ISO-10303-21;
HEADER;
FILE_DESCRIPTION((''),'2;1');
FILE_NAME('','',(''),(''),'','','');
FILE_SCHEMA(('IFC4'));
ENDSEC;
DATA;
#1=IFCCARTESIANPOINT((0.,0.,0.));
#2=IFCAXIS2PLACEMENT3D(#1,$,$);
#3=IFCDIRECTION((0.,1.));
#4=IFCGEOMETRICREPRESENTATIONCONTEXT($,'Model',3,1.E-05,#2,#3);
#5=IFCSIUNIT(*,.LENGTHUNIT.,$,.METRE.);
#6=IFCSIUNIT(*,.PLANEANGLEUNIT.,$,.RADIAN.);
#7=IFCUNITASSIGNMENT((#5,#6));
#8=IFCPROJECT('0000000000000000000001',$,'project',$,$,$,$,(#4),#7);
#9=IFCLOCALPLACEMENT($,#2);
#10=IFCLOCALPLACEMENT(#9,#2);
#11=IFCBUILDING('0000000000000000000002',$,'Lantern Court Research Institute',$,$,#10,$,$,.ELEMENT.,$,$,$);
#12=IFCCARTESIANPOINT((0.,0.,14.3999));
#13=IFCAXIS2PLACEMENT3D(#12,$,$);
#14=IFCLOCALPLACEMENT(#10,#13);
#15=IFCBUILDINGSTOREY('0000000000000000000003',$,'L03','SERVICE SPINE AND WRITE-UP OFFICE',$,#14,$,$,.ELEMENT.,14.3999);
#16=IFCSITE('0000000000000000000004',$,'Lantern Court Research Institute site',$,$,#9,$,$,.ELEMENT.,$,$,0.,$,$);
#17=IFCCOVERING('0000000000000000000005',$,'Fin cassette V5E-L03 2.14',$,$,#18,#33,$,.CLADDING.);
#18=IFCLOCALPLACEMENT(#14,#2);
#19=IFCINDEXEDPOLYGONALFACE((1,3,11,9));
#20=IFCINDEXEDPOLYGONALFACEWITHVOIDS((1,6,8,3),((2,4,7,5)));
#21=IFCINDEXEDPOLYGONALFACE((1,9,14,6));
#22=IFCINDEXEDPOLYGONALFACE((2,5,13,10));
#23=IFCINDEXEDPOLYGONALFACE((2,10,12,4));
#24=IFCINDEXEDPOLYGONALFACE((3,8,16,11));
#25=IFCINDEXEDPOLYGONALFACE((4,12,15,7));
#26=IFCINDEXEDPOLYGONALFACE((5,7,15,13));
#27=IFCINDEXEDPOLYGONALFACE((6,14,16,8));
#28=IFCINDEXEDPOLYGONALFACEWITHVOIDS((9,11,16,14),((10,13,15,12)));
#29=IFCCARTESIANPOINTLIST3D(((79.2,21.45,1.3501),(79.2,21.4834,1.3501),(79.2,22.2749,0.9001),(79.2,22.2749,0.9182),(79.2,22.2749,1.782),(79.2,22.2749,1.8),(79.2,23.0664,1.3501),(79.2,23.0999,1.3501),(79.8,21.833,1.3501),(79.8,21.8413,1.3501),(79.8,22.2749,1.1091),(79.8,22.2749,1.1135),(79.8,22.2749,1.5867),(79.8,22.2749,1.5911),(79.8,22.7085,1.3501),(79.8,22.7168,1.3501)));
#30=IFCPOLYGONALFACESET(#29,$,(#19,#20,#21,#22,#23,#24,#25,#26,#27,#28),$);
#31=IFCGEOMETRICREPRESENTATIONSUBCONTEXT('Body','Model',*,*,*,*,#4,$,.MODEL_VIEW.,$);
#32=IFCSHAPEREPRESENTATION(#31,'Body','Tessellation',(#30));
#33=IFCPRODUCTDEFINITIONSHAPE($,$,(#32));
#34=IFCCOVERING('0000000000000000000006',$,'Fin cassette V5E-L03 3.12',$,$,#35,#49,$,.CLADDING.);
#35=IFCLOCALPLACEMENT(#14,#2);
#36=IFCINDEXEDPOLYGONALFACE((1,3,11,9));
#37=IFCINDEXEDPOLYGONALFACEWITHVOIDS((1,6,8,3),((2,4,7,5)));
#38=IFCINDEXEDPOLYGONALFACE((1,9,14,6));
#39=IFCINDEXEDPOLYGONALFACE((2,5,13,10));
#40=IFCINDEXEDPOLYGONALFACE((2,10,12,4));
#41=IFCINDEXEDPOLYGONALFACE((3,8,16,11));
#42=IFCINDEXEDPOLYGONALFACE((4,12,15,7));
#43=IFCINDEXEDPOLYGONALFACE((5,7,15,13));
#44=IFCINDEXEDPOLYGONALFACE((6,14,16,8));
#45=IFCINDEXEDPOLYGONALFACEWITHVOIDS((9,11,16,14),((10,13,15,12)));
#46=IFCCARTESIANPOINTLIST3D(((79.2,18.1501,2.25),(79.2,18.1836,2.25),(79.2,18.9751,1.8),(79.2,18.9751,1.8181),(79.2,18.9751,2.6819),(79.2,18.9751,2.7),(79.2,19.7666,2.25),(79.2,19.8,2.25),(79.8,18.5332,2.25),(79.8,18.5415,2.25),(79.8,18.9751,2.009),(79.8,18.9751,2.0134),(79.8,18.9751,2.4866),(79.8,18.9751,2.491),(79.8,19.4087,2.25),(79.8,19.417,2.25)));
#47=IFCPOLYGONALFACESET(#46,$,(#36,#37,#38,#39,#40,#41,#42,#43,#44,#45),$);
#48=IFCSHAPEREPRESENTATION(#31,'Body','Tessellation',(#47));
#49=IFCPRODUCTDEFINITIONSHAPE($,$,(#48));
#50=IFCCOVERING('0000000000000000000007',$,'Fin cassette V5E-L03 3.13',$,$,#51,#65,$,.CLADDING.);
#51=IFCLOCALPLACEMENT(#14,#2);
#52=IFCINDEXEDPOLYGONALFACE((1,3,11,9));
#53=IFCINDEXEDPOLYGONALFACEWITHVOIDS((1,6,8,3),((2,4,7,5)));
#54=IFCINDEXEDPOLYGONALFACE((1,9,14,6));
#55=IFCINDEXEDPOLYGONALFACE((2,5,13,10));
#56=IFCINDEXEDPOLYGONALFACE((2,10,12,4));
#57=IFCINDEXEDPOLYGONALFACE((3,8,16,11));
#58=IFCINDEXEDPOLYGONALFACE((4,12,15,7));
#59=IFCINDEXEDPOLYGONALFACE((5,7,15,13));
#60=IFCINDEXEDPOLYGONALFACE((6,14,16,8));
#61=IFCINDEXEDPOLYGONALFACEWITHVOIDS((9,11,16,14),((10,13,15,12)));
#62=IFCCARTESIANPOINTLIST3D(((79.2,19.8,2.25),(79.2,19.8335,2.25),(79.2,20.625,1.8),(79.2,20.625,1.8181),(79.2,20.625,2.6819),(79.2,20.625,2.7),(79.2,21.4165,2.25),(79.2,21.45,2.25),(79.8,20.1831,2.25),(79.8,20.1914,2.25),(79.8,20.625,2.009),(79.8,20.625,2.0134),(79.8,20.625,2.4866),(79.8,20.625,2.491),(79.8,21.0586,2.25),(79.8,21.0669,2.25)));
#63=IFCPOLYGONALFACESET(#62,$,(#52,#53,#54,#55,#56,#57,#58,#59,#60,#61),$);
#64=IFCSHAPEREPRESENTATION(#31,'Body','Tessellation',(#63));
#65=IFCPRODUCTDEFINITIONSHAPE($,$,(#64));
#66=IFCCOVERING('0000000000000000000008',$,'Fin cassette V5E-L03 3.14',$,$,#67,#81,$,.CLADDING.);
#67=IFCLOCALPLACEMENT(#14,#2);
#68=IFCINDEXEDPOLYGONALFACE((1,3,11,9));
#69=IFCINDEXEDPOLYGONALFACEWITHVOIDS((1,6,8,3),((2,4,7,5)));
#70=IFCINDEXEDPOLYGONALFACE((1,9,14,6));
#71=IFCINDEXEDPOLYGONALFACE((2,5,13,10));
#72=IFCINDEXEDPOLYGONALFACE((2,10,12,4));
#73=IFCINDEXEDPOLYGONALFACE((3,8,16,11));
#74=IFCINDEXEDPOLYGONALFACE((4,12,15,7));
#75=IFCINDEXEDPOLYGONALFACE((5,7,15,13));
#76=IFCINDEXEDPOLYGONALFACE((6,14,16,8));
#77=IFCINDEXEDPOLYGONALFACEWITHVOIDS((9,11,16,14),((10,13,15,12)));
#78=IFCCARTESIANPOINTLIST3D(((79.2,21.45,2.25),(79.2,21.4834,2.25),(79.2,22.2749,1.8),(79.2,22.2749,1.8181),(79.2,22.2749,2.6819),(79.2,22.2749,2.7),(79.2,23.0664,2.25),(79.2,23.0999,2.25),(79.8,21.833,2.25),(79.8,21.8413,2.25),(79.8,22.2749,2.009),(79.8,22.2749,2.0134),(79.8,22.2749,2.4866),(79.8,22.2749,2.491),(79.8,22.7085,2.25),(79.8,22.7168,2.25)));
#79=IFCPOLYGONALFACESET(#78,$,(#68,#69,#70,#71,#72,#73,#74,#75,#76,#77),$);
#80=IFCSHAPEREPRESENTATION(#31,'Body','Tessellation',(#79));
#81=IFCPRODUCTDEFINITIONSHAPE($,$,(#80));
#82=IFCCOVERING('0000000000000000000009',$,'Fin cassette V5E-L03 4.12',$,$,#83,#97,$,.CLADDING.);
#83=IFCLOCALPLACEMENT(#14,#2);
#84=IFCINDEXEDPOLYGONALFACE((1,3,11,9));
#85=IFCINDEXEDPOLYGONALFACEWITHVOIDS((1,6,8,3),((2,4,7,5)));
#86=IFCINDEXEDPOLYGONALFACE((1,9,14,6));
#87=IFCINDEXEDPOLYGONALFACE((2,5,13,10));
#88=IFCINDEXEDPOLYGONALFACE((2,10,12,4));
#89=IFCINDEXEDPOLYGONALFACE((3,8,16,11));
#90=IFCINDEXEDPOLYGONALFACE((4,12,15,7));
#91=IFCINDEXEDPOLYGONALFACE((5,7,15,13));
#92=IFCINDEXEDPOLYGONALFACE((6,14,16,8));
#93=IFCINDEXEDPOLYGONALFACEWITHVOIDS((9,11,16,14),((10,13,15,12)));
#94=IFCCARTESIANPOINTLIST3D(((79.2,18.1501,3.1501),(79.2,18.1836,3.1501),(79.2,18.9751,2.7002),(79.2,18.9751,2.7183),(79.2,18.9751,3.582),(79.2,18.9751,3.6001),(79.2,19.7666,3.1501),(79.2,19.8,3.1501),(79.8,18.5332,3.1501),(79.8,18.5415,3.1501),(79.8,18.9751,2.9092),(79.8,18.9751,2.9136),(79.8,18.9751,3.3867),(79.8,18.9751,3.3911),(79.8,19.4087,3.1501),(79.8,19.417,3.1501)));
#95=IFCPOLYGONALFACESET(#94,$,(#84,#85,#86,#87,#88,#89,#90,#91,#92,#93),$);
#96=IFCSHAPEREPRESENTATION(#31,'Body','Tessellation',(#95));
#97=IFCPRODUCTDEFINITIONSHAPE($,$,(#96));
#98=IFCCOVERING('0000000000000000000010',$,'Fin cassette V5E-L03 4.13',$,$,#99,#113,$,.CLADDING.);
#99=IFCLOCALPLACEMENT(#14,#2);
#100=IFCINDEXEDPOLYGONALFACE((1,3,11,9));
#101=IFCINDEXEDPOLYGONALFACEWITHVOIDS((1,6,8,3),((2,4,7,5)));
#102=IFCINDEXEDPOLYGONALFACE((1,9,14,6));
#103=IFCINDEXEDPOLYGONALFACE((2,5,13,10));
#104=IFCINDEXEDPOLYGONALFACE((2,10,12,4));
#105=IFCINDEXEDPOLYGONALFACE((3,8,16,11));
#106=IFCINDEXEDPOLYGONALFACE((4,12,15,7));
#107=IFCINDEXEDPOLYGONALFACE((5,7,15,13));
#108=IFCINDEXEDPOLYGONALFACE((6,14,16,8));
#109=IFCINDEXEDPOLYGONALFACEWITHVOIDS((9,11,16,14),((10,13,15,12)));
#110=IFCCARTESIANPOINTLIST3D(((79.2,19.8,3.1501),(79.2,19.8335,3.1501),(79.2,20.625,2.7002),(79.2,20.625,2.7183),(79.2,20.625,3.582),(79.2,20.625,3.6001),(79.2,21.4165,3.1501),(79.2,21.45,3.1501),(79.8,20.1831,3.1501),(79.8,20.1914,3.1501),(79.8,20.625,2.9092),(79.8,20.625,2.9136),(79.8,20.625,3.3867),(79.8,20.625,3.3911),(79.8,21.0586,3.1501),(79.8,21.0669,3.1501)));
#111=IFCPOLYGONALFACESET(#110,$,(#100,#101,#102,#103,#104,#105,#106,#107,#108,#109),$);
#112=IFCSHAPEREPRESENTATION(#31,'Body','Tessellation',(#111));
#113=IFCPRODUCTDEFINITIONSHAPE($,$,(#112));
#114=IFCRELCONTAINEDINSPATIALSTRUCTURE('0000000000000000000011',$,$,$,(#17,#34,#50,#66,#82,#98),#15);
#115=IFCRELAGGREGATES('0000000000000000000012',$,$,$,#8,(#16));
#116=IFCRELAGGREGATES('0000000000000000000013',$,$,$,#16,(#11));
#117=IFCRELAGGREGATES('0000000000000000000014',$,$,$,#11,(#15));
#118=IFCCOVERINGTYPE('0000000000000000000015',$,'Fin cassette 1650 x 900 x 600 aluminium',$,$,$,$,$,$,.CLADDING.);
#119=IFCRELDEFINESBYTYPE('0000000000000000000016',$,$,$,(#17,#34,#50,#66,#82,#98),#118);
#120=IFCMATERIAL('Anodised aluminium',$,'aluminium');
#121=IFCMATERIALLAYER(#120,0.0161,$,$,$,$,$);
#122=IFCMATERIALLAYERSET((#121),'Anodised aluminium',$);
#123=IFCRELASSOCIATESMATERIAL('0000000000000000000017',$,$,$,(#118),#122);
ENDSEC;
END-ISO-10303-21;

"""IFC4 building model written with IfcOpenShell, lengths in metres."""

from ifc_helpers import new_model, entity, si_unit, direction, frame, origin, place, context, subcontext, project, spatial, material, layer, layer_set, type_object, element, save


model = new_model("IFC4")

# Units and contexts
model_context = context("Model", 3, precision=1e-05, world=origin(), true_north=direction((0.0, 1.0)))
body_context = subcontext(model_context, "Body", "Model", "MODEL_VIEW")
ifc_project = project(units=[si_unit("LENGTHUNIT", "METRE"), si_unit("PLANEANGLEUNIT", "RADIAN")], contexts=[model_context])

# Site, building, storey
site_placement = place(None, origin())
site = spatial("IfcSite", under=ifc_project, at=site_placement, Name="Lantern Court Research Institute site", CompositionType="ELEMENT", RefElevation=0.0)
building_placement = place(site_placement, origin())
building = spatial("IfcBuilding", under=site, at=building_placement, Name="Lantern Court Research Institute", CompositionType="ELEMENT")
storey_placement = place(building_placement, frame((0.0, 0.0, 14.3999)))
storey = spatial("IfcBuildingStorey", under=building, at=storey_placement, Name="L03", Description="SERVICE SPINE AND WRITE-UP OFFICE", CompositionType="ELEMENT", Elevation=14.3999)

# Coverings
ifc_material_1 = material(Name="Anodised aluminium", Category="aluminium")
ifc_layer_1 = layer(ifc_material_1, 0.0161)
ifc_layer_set_1 = layer_set([ifc_layer_1], Name="Anodised aluminium")
covering_type_1 = type_object("IfcCoveringType", Name="Fin cassette 1650 x 900 x 600 aluminium", PredefinedType="CLADDING", material=ifc_layer_set_1)
covering_1_placement = place(storey_placement, frame((79.2, 22.2749, 1.3501), z_axis=(1.0, 0.0, 0.0), x_axis=(0.0, 1.0, 0.0)))
cartesian_point_1 = entity("IfcCartesianPoint", [0.825, 0.0])
cartesian_point_2 = entity("IfcCartesianPoint", [0.7915, 0.0])
cartesian_point_3 = entity("IfcCartesianPoint", [0.4419, 0.0])
cartesian_point_4 = entity("IfcCartesianPoint", [0.4336, 0.0])
element("IfcCovering", 1, at=covering_1_placement, inside=storey, type_object=covering_type_1, Name="Fin cassette V5E-L03 2.14", PredefinedType="CLADDING", context=body_context, shape_type="SweptSolid", body=[
    entity("IfcExtrudedAreaSolidTapered", entity("IfcArbitraryProfileDefWithVoids", "AREA", None, entity("IfcPolyline", [cartesian_point_1, entity("IfcCartesianPoint", [0.0, 0.45]), entity("IfcCartesianPoint", [-0.825, 0.0]), entity("IfcCartesianPoint", [0.0, -0.45]), cartesian_point_1]), [entity("IfcPolyline", [cartesian_point_2, entity("IfcCartesianPoint", [0.0, 0.4319]), entity("IfcCartesianPoint", [-0.7915, 0.0]), entity("IfcCartesianPoint", [0.0, -0.4319]), cartesian_point_2])]), entity("IfcAxis2Placement3D", entity("IfcCartesianPoint", [0.0, 0.0, 0.0])), entity("IfcDirection", [0.0, 0.0, 1.0]), 0.6001, entity("IfcArbitraryProfileDefWithVoids", "AREA", None, entity("IfcPolyline", [cartesian_point_3, entity("IfcCartesianPoint", [0.0, 0.241]), entity("IfcCartesianPoint", [-0.4419, 0.0]), entity("IfcCartesianPoint", [0.0, -0.241]), cartesian_point_3]), [entity("IfcPolyline", [cartesian_point_4, entity("IfcCartesianPoint", [0.0, 0.2366]), entity("IfcCartesianPoint", [-0.4336, 0.0]), entity("IfcCartesianPoint", [0.0, -0.2366]), cartesian_point_4])])),
])
covering_2_placement = place(storey_placement, frame((79.2, 18.9751, 2.25), z_axis=(1.0, 0.0, 0.0), x_axis=(0.0, 1.0, 0.0)))
cartesian_point_5 = entity("IfcCartesianPoint", [0.825, 0.0])
cartesian_point_6 = entity("IfcCartesianPoint", [0.7915, 0.0])
cartesian_point_7 = entity("IfcCartesianPoint", [0.4419, 0.0])
cartesian_point_8 = entity("IfcCartesianPoint", [0.4336, 0.0])
element("IfcCovering", 2, at=covering_2_placement, inside=storey, type_object=covering_type_1, Name="Fin cassette V5E-L03 3.12", PredefinedType="CLADDING", context=body_context, shape_type="SweptSolid", body=[
    entity("IfcExtrudedAreaSolidTapered", entity("IfcArbitraryProfileDefWithVoids", "AREA", None, entity("IfcPolyline", [cartesian_point_5, entity("IfcCartesianPoint", [0.0, 0.45]), entity("IfcCartesianPoint", [-0.825, 0.0]), entity("IfcCartesianPoint", [0.0, -0.45]), cartesian_point_5]), [entity("IfcPolyline", [cartesian_point_6, entity("IfcCartesianPoint", [0.0, 0.4319]), entity("IfcCartesianPoint", [-0.7915, 0.0]), entity("IfcCartesianPoint", [0.0, -0.4319]), cartesian_point_6])]), entity("IfcAxis2Placement3D", entity("IfcCartesianPoint", [0.0, 0.0, 0.0])), entity("IfcDirection", [0.0, 0.0, 1.0]), 0.6001, entity("IfcArbitraryProfileDefWithVoids", "AREA", None, entity("IfcPolyline", [cartesian_point_7, entity("IfcCartesianPoint", [0.0, 0.241]), entity("IfcCartesianPoint", [-0.4419, 0.0]), entity("IfcCartesianPoint", [0.0, -0.241]), cartesian_point_7]), [entity("IfcPolyline", [cartesian_point_8, entity("IfcCartesianPoint", [0.0, 0.2366]), entity("IfcCartesianPoint", [-0.4336, 0.0]), entity("IfcCartesianPoint", [0.0, -0.2366]), cartesian_point_8])])),
])
covering_3_placement = place(storey_placement, frame((79.2, 20.625, 2.25), z_axis=(1.0, 0.0, 0.0), x_axis=(0.0, 1.0, 0.0)))
cartesian_point_9 = entity("IfcCartesianPoint", [0.825, 0.0])
cartesian_point_10 = entity("IfcCartesianPoint", [0.7915, 0.0])
cartesian_point_11 = entity("IfcCartesianPoint", [0.4419, 0.0])
cartesian_point_12 = entity("IfcCartesianPoint", [0.4336, 0.0])
element("IfcCovering", 3, at=covering_3_placement, inside=storey, type_object=covering_type_1, Name="Fin cassette V5E-L03 3.13", PredefinedType="CLADDING", context=body_context, shape_type="SweptSolid", body=[
    entity("IfcExtrudedAreaSolidTapered", entity("IfcArbitraryProfileDefWithVoids", "AREA", None, entity("IfcPolyline", [cartesian_point_9, entity("IfcCartesianPoint", [0.0, 0.45]), entity("IfcCartesianPoint", [-0.825, 0.0]), entity("IfcCartesianPoint", [0.0, -0.45]), cartesian_point_9]), [entity("IfcPolyline", [cartesian_point_10, entity("IfcCartesianPoint", [0.0, 0.4319]), entity("IfcCartesianPoint", [-0.7915, 0.0]), entity("IfcCartesianPoint", [0.0, -0.4319]), cartesian_point_10])]), entity("IfcAxis2Placement3D", entity("IfcCartesianPoint", [0.0, 0.0, 0.0])), entity("IfcDirection", [0.0, 0.0, 1.0]), 0.6001, entity("IfcArbitraryProfileDefWithVoids", "AREA", None, entity("IfcPolyline", [cartesian_point_11, entity("IfcCartesianPoint", [0.0, 0.241]), entity("IfcCartesianPoint", [-0.4419, 0.0]), entity("IfcCartesianPoint", [0.0, -0.241]), cartesian_point_11]), [entity("IfcPolyline", [cartesian_point_12, entity("IfcCartesianPoint", [0.0, 0.2366]), entity("IfcCartesianPoint", [-0.4336, 0.0]), entity("IfcCartesianPoint", [0.0, -0.2366]), cartesian_point_12])])),
])
covering_4_placement = place(storey_placement, frame((79.2, 22.2749, 2.25), z_axis=(1.0, 0.0, 0.0), x_axis=(0.0, 1.0, 0.0)))
cartesian_point_13 = entity("IfcCartesianPoint", [0.825, 0.0])
cartesian_point_14 = entity("IfcCartesianPoint", [0.7915, 0.0])
cartesian_point_15 = entity("IfcCartesianPoint", [0.4419, 0.0])
cartesian_point_16 = entity("IfcCartesianPoint", [0.4336, 0.0])
element("IfcCovering", 4, at=covering_4_placement, inside=storey, type_object=covering_type_1, Name="Fin cassette V5E-L03 3.14", PredefinedType="CLADDING", context=body_context, shape_type="SweptSolid", body=[
    entity("IfcExtrudedAreaSolidTapered", entity("IfcArbitraryProfileDefWithVoids", "AREA", None, entity("IfcPolyline", [cartesian_point_13, entity("IfcCartesianPoint", [0.0, 0.45]), entity("IfcCartesianPoint", [-0.825, 0.0]), entity("IfcCartesianPoint", [0.0, -0.45]), cartesian_point_13]), [entity("IfcPolyline", [cartesian_point_14, entity("IfcCartesianPoint", [0.0, 0.4319]), entity("IfcCartesianPoint", [-0.7915, 0.0]), entity("IfcCartesianPoint", [0.0, -0.4319]), cartesian_point_14])]), entity("IfcAxis2Placement3D", entity("IfcCartesianPoint", [0.0, 0.0, 0.0])), entity("IfcDirection", [0.0, 0.0, 1.0]), 0.6001, entity("IfcArbitraryProfileDefWithVoids", "AREA", None, entity("IfcPolyline", [cartesian_point_15, entity("IfcCartesianPoint", [0.0, 0.241]), entity("IfcCartesianPoint", [-0.4419, 0.0]), entity("IfcCartesianPoint", [0.0, -0.241]), cartesian_point_15]), [entity("IfcPolyline", [cartesian_point_16, entity("IfcCartesianPoint", [0.0, 0.2366]), entity("IfcCartesianPoint", [-0.4336, 0.0]), entity("IfcCartesianPoint", [0.0, -0.2366]), cartesian_point_16])])),
])
covering_5_placement = place(storey_placement, frame((79.2, 18.9751, 3.1501), z_axis=(1.0, 0.0, 0.0), x_axis=(0.0, 1.0, 0.0)))
cartesian_point_17 = entity("IfcCartesianPoint", [0.825, 0.0])
cartesian_point_18 = entity("IfcCartesianPoint", [0.7915, 0.0])
cartesian_point_19 = entity("IfcCartesianPoint", [0.4419, 0.0])
cartesian_point_20 = entity("IfcCartesianPoint", [0.4336, 0.0])
element("IfcCovering", 5, at=covering_5_placement, inside=storey, type_object=covering_type_1, Name="Fin cassette V5E-L03 4.12", PredefinedType="CLADDING", context=body_context, shape_type="SweptSolid", body=[
    entity("IfcExtrudedAreaSolidTapered", entity("IfcArbitraryProfileDefWithVoids", "AREA", None, entity("IfcPolyline", [cartesian_point_17, entity("IfcCartesianPoint", [0.0, 0.45]), entity("IfcCartesianPoint", [-0.825, 0.0]), entity("IfcCartesianPoint", [0.0, -0.45]), cartesian_point_17]), [entity("IfcPolyline", [cartesian_point_18, entity("IfcCartesianPoint", [0.0, 0.4319]), entity("IfcCartesianPoint", [-0.7915, 0.0]), entity("IfcCartesianPoint", [0.0, -0.4319]), cartesian_point_18])]), entity("IfcAxis2Placement3D", entity("IfcCartesianPoint", [0.0, 0.0, 0.0])), entity("IfcDirection", [0.0, 0.0, 1.0]), 0.6001, entity("IfcArbitraryProfileDefWithVoids", "AREA", None, entity("IfcPolyline", [cartesian_point_19, entity("IfcCartesianPoint", [0.0, 0.241]), entity("IfcCartesianPoint", [-0.4419, 0.0]), entity("IfcCartesianPoint", [0.0, -0.241]), cartesian_point_19]), [entity("IfcPolyline", [cartesian_point_20, entity("IfcCartesianPoint", [0.0, 0.2366]), entity("IfcCartesianPoint", [-0.4336, 0.0]), entity("IfcCartesianPoint", [0.0, -0.2366]), cartesian_point_20])])),
])
covering_6_placement = place(storey_placement, frame((79.2, 20.625, 3.1501), z_axis=(1.0, 0.0, 0.0), x_axis=(0.0, 1.0, 0.0)))
cartesian_point_21 = entity("IfcCartesianPoint", [0.825, 0.0])
cartesian_point_22 = entity("IfcCartesianPoint", [0.7915, 0.0])
cartesian_point_23 = entity("IfcCartesianPoint", [0.4419, 0.0])
cartesian_point_24 = entity("IfcCartesianPoint", [0.4336, 0.0])
element("IfcCovering", 6, at=covering_6_placement, inside=storey, type_object=covering_type_1, Name="Fin cassette V5E-L03 4.13", PredefinedType="CLADDING", context=body_context, shape_type="SweptSolid", body=[
    entity("IfcExtrudedAreaSolidTapered", entity("IfcArbitraryProfileDefWithVoids", "AREA", None, entity("IfcPolyline", [cartesian_point_21, entity("IfcCartesianPoint", [0.0, 0.45]), entity("IfcCartesianPoint", [-0.825, 0.0]), entity("IfcCartesianPoint", [0.0, -0.45]), cartesian_point_21]), [entity("IfcPolyline", [cartesian_point_22, entity("IfcCartesianPoint", [0.0, 0.4319]), entity("IfcCartesianPoint", [-0.7915, 0.0]), entity("IfcCartesianPoint", [0.0, -0.4319]), cartesian_point_22])]), entity("IfcAxis2Placement3D", entity("IfcCartesianPoint", [0.0, 0.0, 0.0])), entity("IfcDirection", [0.0, 0.0, 1.0]), 0.6001, entity("IfcArbitraryProfileDefWithVoids", "AREA", None, entity("IfcPolyline", [cartesian_point_23, entity("IfcCartesianPoint", [0.0, 0.241]), entity("IfcCartesianPoint", [-0.4419, 0.0]), entity("IfcCartesianPoint", [0.0, -0.241]), cartesian_point_23]), [entity("IfcPolyline", [cartesian_point_24, entity("IfcCartesianPoint", [0.0, 0.2366]), entity("IfcCartesianPoint", [-0.4336, 0.0]), entity("IfcCartesianPoint", [0.0, -0.2366]), cartesian_point_24])])),
])

save(model, "model.ifc")
